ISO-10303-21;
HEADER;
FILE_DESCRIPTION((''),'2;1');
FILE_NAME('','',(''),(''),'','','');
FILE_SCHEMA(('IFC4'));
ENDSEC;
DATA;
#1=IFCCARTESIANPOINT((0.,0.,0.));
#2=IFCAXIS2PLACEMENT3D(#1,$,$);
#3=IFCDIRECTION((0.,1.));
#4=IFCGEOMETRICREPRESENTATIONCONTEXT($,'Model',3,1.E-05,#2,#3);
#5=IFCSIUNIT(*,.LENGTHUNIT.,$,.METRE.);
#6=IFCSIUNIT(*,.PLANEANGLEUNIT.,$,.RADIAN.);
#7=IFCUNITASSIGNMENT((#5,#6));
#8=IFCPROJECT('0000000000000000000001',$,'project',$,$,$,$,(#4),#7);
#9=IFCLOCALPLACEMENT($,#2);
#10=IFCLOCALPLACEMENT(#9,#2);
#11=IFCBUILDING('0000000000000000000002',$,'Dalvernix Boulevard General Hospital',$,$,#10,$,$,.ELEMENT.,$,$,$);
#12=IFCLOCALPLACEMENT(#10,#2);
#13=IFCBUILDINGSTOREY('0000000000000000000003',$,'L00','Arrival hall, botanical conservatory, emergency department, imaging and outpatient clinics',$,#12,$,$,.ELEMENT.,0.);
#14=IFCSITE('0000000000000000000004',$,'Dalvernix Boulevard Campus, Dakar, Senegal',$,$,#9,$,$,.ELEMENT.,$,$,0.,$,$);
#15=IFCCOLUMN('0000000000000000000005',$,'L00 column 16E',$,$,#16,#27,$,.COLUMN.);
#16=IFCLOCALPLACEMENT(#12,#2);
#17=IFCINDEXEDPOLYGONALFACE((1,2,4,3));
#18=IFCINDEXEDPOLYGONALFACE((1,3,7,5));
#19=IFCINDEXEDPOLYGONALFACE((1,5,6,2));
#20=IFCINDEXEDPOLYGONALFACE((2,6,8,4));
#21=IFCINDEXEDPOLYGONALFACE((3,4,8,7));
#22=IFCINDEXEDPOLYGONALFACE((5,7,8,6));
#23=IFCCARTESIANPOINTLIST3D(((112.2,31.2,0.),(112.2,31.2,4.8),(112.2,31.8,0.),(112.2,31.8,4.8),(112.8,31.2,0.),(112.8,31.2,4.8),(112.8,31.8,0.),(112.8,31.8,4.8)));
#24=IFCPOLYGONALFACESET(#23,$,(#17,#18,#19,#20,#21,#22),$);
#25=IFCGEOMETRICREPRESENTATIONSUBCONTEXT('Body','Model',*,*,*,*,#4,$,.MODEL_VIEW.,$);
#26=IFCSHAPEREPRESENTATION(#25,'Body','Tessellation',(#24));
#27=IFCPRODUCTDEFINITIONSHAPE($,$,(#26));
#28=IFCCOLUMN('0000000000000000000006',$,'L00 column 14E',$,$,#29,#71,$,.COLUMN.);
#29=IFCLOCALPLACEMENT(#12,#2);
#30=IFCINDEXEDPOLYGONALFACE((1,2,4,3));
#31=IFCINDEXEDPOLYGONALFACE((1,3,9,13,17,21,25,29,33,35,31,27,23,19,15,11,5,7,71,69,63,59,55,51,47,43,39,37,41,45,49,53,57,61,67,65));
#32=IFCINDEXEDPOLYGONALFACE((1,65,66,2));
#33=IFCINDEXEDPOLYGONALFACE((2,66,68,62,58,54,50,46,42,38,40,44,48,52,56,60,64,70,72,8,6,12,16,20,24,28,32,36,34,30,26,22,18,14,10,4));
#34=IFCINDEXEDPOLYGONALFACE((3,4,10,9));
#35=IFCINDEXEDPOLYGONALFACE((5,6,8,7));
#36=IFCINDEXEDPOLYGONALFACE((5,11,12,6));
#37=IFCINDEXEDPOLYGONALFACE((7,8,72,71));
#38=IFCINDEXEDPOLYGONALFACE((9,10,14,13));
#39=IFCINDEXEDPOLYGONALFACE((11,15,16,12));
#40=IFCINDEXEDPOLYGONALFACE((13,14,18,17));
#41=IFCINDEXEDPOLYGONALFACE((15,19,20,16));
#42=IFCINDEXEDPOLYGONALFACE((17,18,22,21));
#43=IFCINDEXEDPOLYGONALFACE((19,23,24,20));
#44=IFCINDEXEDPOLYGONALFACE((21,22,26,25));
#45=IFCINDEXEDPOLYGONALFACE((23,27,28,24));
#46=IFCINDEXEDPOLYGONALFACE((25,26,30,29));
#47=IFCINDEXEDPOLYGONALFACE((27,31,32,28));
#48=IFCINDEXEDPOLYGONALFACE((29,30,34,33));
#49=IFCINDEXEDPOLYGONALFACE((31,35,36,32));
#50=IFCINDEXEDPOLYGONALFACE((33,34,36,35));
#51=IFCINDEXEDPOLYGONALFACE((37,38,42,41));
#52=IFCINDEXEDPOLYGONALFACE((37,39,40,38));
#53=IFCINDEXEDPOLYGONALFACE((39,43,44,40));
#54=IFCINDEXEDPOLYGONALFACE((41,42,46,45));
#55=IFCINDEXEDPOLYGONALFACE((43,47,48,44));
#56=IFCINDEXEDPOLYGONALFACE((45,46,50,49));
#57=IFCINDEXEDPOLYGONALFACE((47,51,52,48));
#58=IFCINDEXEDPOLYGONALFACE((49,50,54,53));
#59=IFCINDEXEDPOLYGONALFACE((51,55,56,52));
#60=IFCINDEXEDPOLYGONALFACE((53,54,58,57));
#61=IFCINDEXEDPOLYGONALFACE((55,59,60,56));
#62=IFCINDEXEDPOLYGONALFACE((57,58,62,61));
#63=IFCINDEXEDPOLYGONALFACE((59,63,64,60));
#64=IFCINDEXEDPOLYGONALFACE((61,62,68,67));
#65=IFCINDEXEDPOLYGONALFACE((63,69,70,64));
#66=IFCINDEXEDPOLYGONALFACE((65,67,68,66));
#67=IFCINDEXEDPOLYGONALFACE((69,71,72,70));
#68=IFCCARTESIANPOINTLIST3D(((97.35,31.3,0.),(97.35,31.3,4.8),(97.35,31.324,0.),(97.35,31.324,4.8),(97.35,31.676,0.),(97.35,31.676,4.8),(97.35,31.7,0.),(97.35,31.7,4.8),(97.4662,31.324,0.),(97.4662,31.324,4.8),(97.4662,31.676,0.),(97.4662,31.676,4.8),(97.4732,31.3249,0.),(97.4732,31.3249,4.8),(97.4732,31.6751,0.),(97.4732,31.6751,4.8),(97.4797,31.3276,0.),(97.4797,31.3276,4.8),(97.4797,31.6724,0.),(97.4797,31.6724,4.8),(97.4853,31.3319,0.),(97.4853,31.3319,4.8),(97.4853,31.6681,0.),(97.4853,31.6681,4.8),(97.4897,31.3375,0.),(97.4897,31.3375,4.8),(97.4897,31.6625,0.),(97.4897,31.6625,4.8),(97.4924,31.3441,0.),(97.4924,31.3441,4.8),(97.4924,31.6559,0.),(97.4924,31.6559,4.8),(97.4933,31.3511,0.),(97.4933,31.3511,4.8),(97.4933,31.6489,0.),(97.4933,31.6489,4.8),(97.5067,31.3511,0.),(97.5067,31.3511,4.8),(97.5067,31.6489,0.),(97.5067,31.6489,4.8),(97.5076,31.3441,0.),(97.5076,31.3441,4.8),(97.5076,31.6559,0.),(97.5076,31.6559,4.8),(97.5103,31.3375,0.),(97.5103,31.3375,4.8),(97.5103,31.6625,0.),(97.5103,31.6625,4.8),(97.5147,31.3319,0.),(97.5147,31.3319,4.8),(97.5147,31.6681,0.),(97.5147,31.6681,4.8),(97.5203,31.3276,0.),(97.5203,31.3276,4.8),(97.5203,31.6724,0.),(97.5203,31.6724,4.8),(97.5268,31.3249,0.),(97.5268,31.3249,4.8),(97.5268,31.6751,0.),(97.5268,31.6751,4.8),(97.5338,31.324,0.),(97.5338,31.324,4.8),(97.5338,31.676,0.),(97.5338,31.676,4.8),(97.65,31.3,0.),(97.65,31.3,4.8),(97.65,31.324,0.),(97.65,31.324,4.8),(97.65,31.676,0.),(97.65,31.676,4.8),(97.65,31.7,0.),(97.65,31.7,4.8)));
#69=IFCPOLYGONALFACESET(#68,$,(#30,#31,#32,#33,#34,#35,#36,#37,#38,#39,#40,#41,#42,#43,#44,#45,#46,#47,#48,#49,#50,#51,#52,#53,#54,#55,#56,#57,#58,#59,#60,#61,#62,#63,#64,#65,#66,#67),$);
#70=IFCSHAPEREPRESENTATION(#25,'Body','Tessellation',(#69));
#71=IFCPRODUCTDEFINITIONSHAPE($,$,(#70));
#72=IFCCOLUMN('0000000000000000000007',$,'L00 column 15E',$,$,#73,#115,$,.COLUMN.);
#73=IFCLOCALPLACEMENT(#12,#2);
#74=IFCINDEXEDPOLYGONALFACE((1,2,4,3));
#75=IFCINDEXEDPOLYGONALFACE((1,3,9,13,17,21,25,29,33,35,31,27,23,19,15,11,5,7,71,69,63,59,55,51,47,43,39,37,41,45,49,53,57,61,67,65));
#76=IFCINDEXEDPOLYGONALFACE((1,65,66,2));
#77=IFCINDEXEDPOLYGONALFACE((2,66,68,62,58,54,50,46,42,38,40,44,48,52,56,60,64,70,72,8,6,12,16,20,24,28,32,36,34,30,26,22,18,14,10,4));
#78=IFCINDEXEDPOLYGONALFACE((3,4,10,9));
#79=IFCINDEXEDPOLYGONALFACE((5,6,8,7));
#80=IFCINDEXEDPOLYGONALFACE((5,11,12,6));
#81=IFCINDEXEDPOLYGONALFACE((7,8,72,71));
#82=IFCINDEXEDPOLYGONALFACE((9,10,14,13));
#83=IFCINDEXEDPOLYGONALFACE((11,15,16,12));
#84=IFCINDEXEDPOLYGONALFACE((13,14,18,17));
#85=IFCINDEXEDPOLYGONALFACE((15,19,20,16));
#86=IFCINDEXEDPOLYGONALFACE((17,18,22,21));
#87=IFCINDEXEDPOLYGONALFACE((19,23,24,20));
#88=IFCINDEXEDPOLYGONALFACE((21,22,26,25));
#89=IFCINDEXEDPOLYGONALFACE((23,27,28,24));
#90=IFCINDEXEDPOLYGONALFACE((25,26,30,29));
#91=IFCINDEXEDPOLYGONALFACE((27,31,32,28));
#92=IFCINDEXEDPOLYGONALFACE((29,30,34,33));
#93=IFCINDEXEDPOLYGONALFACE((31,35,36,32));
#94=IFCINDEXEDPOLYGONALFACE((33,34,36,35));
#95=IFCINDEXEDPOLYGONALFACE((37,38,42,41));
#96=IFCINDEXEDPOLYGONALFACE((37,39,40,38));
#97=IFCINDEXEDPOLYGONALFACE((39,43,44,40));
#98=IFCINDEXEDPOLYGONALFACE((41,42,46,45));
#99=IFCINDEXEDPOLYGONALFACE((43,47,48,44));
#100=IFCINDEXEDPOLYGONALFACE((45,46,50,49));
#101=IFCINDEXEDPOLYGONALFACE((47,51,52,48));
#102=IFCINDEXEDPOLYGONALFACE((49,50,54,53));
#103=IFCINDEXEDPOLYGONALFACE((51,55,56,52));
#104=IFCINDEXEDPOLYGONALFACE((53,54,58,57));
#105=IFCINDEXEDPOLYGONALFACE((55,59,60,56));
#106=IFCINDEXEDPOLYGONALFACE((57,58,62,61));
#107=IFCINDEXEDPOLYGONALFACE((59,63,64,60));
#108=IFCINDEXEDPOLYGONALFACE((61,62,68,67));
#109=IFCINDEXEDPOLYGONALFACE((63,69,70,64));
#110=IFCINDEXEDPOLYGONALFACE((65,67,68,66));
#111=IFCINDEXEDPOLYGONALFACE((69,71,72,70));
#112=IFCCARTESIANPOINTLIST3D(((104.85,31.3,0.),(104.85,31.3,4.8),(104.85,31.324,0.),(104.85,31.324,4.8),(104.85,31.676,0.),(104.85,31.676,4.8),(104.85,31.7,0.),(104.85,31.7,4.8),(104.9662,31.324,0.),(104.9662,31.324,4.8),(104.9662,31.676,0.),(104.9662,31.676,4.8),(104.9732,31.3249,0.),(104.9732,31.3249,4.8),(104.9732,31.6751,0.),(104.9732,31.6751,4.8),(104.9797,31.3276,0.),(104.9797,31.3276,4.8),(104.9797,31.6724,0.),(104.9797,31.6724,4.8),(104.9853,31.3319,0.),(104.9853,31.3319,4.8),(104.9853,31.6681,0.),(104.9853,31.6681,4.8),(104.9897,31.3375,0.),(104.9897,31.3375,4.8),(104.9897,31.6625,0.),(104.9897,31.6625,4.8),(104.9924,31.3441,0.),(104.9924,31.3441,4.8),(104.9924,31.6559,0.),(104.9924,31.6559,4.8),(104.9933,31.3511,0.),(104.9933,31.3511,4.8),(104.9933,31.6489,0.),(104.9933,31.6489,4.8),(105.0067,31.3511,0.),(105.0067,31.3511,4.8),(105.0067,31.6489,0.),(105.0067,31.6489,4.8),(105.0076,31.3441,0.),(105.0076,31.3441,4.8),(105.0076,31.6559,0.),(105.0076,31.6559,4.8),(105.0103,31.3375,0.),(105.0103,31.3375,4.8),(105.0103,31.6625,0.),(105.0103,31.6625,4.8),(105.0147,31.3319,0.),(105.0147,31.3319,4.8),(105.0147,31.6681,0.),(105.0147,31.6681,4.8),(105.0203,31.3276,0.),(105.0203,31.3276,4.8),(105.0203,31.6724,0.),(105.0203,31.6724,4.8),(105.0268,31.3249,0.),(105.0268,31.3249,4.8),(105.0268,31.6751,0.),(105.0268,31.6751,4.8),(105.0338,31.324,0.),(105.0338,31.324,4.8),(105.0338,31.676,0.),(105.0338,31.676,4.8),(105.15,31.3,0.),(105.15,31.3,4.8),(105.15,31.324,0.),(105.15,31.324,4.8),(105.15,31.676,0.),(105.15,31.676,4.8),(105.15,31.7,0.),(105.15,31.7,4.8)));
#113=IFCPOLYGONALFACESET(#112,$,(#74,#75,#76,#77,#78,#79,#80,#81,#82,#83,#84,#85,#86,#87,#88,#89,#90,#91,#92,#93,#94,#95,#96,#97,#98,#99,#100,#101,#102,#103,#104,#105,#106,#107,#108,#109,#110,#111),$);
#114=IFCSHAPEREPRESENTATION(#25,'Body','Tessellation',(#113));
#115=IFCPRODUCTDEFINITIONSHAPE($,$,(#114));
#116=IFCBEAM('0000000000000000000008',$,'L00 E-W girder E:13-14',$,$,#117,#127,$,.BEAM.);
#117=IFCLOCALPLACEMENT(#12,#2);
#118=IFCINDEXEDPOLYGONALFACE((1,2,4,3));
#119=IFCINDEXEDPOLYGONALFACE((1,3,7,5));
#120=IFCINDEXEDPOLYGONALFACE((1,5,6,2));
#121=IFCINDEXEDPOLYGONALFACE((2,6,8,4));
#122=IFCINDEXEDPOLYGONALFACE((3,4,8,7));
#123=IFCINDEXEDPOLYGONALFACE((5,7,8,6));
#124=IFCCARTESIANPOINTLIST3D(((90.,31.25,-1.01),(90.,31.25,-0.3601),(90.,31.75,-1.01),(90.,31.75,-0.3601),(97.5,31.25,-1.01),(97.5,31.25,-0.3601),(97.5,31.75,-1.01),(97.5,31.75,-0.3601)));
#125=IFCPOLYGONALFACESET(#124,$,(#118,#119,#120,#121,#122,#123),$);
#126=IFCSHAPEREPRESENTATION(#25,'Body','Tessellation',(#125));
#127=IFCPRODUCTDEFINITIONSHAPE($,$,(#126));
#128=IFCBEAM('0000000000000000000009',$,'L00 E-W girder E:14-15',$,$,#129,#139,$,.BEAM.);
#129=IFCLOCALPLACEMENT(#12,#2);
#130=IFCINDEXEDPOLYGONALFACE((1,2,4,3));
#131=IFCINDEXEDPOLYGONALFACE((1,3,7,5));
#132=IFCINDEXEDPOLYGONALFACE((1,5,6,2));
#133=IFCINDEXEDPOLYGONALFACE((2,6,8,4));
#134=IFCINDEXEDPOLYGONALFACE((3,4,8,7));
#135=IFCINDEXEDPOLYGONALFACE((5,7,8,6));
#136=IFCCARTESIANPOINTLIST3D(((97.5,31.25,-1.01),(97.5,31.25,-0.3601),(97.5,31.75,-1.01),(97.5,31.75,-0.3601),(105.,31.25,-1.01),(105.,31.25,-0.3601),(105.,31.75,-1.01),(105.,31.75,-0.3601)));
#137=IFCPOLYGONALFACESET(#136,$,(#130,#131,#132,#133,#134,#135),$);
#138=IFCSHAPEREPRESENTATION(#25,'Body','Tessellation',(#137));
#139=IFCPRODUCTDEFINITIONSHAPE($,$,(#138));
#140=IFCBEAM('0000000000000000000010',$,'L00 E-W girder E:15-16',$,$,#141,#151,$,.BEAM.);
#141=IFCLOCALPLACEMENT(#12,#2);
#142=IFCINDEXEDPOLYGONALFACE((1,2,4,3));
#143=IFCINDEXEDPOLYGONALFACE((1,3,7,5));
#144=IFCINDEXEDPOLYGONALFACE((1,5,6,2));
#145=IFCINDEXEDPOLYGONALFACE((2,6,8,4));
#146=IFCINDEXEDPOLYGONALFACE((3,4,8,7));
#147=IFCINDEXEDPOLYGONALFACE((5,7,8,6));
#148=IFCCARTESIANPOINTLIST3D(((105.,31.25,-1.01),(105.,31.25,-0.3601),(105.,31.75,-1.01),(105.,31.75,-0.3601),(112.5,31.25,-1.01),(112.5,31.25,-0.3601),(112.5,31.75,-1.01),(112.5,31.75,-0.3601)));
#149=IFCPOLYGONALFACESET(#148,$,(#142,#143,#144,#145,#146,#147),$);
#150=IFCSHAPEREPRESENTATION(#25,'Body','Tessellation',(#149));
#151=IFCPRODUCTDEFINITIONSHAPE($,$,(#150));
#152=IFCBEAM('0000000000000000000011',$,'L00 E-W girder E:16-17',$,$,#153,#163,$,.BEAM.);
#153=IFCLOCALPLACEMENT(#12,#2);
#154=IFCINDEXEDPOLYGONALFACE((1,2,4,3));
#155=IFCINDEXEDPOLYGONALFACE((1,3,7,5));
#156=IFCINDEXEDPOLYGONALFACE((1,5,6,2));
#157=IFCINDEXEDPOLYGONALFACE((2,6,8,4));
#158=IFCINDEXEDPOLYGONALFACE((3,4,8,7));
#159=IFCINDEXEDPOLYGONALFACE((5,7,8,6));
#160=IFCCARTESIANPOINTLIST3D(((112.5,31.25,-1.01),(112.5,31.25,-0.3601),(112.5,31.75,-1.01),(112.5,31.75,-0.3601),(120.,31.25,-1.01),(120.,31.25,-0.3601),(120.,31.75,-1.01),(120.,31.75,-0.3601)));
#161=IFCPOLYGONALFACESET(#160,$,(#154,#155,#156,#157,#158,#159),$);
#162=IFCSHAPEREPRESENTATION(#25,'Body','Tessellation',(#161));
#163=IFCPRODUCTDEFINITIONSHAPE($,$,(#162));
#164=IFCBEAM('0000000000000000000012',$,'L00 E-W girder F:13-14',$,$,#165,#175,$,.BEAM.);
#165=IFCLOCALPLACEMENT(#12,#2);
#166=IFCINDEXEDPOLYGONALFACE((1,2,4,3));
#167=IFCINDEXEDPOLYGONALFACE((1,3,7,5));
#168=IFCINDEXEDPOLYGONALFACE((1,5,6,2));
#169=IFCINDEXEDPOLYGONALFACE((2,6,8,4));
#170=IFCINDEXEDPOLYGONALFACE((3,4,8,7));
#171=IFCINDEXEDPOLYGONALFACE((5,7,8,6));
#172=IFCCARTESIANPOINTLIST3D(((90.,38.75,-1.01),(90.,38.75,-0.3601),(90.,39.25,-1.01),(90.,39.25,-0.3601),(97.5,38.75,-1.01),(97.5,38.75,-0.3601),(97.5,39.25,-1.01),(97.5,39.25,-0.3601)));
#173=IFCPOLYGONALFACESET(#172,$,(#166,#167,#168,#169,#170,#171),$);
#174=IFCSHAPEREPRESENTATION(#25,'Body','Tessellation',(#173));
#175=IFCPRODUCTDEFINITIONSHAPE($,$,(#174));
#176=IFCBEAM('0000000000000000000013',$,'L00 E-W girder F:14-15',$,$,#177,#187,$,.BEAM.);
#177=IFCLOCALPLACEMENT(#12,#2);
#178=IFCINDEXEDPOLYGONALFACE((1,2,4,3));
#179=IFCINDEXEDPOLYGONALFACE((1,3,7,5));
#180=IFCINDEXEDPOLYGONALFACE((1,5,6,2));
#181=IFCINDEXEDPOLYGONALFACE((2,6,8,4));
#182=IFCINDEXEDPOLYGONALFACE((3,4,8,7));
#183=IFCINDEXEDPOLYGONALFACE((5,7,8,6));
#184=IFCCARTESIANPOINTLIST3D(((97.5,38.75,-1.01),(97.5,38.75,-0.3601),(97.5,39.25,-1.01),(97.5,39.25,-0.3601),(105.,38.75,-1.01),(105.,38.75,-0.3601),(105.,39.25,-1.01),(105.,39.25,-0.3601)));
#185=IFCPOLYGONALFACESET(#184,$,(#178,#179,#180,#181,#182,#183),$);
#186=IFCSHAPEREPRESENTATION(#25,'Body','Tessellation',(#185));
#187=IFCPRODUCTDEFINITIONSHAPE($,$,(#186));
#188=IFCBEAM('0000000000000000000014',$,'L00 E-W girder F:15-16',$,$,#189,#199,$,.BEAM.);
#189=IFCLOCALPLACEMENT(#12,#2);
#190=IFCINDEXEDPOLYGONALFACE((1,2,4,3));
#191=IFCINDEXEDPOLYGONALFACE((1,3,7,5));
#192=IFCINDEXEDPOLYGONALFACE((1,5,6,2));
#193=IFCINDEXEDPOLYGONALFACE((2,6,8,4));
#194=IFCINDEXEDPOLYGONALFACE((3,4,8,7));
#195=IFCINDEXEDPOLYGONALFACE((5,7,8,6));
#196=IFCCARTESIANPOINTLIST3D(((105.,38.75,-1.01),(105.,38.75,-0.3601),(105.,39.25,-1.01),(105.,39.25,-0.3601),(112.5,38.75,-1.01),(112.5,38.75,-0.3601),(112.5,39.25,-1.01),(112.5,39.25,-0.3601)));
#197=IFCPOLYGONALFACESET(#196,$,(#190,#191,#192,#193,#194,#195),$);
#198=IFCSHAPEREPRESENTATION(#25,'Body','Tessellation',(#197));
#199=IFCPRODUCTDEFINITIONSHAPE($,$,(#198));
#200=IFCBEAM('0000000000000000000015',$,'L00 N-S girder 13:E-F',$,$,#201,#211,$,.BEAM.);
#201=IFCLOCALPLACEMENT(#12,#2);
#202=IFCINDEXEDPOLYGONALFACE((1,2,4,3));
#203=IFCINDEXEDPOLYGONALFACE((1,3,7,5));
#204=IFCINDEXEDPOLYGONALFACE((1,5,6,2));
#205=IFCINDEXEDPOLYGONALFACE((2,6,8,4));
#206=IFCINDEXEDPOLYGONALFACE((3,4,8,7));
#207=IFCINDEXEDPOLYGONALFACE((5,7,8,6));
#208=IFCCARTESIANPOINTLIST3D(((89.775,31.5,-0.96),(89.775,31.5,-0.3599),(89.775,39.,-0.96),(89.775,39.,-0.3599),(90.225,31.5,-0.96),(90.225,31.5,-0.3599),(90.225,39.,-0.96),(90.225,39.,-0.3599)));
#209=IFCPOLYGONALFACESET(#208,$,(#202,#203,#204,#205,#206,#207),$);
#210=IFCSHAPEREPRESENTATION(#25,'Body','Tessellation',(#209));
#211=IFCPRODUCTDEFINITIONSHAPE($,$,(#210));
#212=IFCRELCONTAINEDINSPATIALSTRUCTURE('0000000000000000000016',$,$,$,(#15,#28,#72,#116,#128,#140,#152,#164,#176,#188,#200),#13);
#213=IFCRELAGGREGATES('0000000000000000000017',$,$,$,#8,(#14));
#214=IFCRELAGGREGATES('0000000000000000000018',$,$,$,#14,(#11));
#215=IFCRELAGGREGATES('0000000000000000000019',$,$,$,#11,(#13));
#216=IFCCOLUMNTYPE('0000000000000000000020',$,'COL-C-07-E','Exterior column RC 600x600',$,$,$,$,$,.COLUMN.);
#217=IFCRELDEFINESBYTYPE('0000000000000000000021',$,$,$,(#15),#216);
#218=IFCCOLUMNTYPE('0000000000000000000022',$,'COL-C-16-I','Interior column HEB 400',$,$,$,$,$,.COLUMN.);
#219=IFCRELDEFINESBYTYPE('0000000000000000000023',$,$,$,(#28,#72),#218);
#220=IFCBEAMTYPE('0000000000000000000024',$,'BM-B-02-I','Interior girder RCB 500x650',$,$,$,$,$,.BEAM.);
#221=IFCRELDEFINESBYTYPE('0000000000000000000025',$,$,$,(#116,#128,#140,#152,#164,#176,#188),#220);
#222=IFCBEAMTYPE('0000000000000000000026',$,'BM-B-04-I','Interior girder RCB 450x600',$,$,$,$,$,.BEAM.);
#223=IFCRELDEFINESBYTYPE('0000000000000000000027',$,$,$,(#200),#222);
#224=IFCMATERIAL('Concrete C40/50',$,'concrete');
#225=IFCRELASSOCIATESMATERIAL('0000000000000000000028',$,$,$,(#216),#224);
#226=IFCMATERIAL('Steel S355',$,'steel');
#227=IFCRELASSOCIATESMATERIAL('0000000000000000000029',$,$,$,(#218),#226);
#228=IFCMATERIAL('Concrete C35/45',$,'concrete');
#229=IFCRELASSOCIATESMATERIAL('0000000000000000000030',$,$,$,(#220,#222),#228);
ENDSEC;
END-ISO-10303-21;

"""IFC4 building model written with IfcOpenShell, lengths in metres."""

from ifc_helpers import new_model, si_unit, direction, frame, origin, origin_2d, place, context, subcontext, project, spatial, rectangle, i_section, extrude, material, material_profile, profile_set, type_object, element, save


model = new_model("IFC4")

# Units and contexts
model_context = context("Model", 3, precision=1e-05, world=origin(), true_north=direction((0.0, 1.0)))
body_context = subcontext(model_context, "Body", "Model", "MODEL_VIEW")
ifc_project = project(units=[si_unit("LENGTHUNIT", "METRE"), si_unit("PLANEANGLEUNIT", "RADIAN")], contexts=[model_context])

# Site, building, storey
site_placement = place(None, origin())
site = spatial("IfcSite", under=ifc_project, at=site_placement, Name="Dalvernix Boulevard Campus, Dakar, Senegal", CompositionType="ELEMENT", RefElevation=0.0)
building_placement = place(site_placement, origin())
building = spatial("IfcBuilding", under=site, at=building_placement, Name="Dalvernix Boulevard General Hospital", CompositionType="ELEMENT")
storey_placement = place(building_placement, origin())
storey = spatial("IfcBuildingStorey", under=building, at=storey_placement, Name="L00", Description="Arrival hall, botanical conservatory, emergency department, imaging and outpatient clinics", CompositionType="ELEMENT", Elevation=0.0)

# Columns
ifc_material_1 = material(Name="Concrete C40/50", Category="concrete")
ifc_material_profile_1 = material_profile(ifc_material_1, rectangle(XDim=0.6001, YDim=0.6001, at=origin_2d()), Name="RC 600x600")
ifc_profile_set_1 = profile_set([ifc_material_profile_1], Name="Concrete C40/50")
column_type_1 = type_object("IfcColumnType", Name="COL-C-07-E", Description="Exterior column RC 600x600", PredefinedType="COLUMN", material=ifc_profile_set_1)
column_placement = place(storey_placement, frame((112.5, 31.5, 0.0), z_axis=(0.0, 0.0, 1.0), x_axis=(1.0, 0.0, 0.0)))
element("IfcColumn", 1, at=column_placement, inside=storey, type_object=column_type_1, Name="L00 column 16E", PredefinedType="COLUMN", context=body_context, shape_type="SweptSolid", body=[
    extrude(rectangle(XDim=0.6001, YDim=0.6001, at=origin_2d()), origin(), (0.0, 0.0, 1.0), 4.8),
])
ifc_material_2 = material(Name="Steel S355", Category="steel")
ifc_material_profile_2 = material_profile(ifc_material_2, i_section(OverallWidth=0.3, OverallDepth=0.3999, WebThickness=0.0134, FlangeThickness=0.0239, FilletRadius=0.0271, at=origin_2d()), Name="HEB 400")
ifc_profile_set_2 = profile_set([ifc_material_profile_2], Name="Steel S355")
column_type_2 = type_object("IfcColumnType", Name="COL-C-16-I", Description="Interior column HEB 400", PredefinedType="COLUMN", material=ifc_profile_set_2)
for number, where, z_axis, x_axis, name in (
    (2, (97.5, 31.5, 0.0), (0.0, 0.0, 1.0), (1.0, 0.0, 0.0), "L00 column 14E"),
    (3, (105.0, 31.5, 0.0), (0.0, 0.0, 1.0), (1.0, 0.0, 0.0), "L00 column 15E"),
):
    element("IfcColumn", number, at=place(storey_placement, frame(where, z_axis=z_axis, x_axis=x_axis)), inside=storey, type_object=column_type_2, Name=name, PredefinedType="COLUMN", context=body_context, shape_type="SweptSolid", body=[
        extrude(i_section(OverallWidth=0.3, OverallDepth=0.3999, WebThickness=0.0134, FlangeThickness=0.0239, FilletRadius=0.0271, at=origin_2d()), origin(), (0.0, 0.0, 1.0), 4.8),
    ])

# Beams
ifc_material_3 = material(Name="Concrete C35/45", Category="concrete")
ifc_material_profile_3 = material_profile(ifc_material_3, rectangle(XDim=0.5, YDim=0.6499, at=origin_2d()), Name="RCB 500x650")
ifc_profile_set_3 = profile_set([ifc_material_profile_3], Name="Concrete C35/45")
beam_type_1 = type_object("IfcBeamType", Name="BM-B-02-I", Description="Interior girder RCB 500x650", PredefinedType="BEAM", material=ifc_profile_set_3)
for number, where, z_axis, x_axis, name in (
    (4, (90.0, 31.5, -0.6851), (1.0, 0.0, 0.0), (0.0, 1.0, 0.0), "L00 E-W girder E:13-14"),
    (5, (97.5, 31.5, -0.6851), (1.0, 0.0, 0.0), (0.0, 1.0, 0.0), "L00 E-W girder E:14-15"),
    (6, (105.0, 31.5, -0.6851), (1.0, 0.0, 0.0), (0.0, 1.0, 0.0), "L00 E-W girder E:15-16"),
    (7, (112.5, 31.5, -0.6851), (1.0, 0.0, 0.0), (0.0, 1.0, 0.0), "L00 E-W girder E:16-17"),
    (8, (90.0, 39.0, -0.6851), (1.0, 0.0, 0.0), (0.0, 1.0, 0.0), "L00 E-W girder F:13-14"),
    (9, (97.5, 39.0, -0.6851), (1.0, 0.0, 0.0), (0.0, 1.0, 0.0), "L00 E-W girder F:14-15"),
    (10, (105.0, 39.0, -0.6851), (1.0, 0.0, 0.0), (0.0, 1.0, 0.0), "L00 E-W girder F:15-16"),
):
    element("IfcBeam", number, at=place(storey_placement, frame(where, z_axis=z_axis, x_axis=x_axis)), inside=storey, type_object=beam_type_1, Name=name, PredefinedType="BEAM", context=body_context, shape_type="SweptSolid", body=[
        extrude(rectangle(XDim=0.5, YDim=0.6499, at=origin_2d()), origin(), (0.0, 0.0, 1.0), 7.5),
    ])
ifc_material_profile_4 = material_profile(ifc_material_3, rectangle(XDim=0.45, YDim=0.6001, at=origin_2d()), Name="RCB 450x600")
ifc_profile_set_4 = profile_set([ifc_material_profile_4], Name="Concrete C35/45")
beam_type_2 = type_object("IfcBeamType", Name="BM-B-04-I", Description="Interior girder RCB 450x600", PredefinedType="BEAM", material=ifc_profile_set_4)
for number, where, z_axis, x_axis, name in (
    (11, (90.0, 31.5, -0.6599), (0.0, 1.0, 0.0), (-1.0, 0.0, 0.0), "L00 N-S girder 13:E-F"),
):
    element("IfcBeam", number, at=place(storey_placement, frame(where, z_axis=z_axis, x_axis=x_axis)), inside=storey, type_object=beam_type_2, Name=name, PredefinedType="BEAM", context=body_context, shape_type="SweptSolid", body=[
        extrude(rectangle(XDim=0.45, YDim=0.6001, at=origin_2d()), origin(), (0.0, 0.0, 1.0), 7.5),
    ])

save(model, "model.ifc")
